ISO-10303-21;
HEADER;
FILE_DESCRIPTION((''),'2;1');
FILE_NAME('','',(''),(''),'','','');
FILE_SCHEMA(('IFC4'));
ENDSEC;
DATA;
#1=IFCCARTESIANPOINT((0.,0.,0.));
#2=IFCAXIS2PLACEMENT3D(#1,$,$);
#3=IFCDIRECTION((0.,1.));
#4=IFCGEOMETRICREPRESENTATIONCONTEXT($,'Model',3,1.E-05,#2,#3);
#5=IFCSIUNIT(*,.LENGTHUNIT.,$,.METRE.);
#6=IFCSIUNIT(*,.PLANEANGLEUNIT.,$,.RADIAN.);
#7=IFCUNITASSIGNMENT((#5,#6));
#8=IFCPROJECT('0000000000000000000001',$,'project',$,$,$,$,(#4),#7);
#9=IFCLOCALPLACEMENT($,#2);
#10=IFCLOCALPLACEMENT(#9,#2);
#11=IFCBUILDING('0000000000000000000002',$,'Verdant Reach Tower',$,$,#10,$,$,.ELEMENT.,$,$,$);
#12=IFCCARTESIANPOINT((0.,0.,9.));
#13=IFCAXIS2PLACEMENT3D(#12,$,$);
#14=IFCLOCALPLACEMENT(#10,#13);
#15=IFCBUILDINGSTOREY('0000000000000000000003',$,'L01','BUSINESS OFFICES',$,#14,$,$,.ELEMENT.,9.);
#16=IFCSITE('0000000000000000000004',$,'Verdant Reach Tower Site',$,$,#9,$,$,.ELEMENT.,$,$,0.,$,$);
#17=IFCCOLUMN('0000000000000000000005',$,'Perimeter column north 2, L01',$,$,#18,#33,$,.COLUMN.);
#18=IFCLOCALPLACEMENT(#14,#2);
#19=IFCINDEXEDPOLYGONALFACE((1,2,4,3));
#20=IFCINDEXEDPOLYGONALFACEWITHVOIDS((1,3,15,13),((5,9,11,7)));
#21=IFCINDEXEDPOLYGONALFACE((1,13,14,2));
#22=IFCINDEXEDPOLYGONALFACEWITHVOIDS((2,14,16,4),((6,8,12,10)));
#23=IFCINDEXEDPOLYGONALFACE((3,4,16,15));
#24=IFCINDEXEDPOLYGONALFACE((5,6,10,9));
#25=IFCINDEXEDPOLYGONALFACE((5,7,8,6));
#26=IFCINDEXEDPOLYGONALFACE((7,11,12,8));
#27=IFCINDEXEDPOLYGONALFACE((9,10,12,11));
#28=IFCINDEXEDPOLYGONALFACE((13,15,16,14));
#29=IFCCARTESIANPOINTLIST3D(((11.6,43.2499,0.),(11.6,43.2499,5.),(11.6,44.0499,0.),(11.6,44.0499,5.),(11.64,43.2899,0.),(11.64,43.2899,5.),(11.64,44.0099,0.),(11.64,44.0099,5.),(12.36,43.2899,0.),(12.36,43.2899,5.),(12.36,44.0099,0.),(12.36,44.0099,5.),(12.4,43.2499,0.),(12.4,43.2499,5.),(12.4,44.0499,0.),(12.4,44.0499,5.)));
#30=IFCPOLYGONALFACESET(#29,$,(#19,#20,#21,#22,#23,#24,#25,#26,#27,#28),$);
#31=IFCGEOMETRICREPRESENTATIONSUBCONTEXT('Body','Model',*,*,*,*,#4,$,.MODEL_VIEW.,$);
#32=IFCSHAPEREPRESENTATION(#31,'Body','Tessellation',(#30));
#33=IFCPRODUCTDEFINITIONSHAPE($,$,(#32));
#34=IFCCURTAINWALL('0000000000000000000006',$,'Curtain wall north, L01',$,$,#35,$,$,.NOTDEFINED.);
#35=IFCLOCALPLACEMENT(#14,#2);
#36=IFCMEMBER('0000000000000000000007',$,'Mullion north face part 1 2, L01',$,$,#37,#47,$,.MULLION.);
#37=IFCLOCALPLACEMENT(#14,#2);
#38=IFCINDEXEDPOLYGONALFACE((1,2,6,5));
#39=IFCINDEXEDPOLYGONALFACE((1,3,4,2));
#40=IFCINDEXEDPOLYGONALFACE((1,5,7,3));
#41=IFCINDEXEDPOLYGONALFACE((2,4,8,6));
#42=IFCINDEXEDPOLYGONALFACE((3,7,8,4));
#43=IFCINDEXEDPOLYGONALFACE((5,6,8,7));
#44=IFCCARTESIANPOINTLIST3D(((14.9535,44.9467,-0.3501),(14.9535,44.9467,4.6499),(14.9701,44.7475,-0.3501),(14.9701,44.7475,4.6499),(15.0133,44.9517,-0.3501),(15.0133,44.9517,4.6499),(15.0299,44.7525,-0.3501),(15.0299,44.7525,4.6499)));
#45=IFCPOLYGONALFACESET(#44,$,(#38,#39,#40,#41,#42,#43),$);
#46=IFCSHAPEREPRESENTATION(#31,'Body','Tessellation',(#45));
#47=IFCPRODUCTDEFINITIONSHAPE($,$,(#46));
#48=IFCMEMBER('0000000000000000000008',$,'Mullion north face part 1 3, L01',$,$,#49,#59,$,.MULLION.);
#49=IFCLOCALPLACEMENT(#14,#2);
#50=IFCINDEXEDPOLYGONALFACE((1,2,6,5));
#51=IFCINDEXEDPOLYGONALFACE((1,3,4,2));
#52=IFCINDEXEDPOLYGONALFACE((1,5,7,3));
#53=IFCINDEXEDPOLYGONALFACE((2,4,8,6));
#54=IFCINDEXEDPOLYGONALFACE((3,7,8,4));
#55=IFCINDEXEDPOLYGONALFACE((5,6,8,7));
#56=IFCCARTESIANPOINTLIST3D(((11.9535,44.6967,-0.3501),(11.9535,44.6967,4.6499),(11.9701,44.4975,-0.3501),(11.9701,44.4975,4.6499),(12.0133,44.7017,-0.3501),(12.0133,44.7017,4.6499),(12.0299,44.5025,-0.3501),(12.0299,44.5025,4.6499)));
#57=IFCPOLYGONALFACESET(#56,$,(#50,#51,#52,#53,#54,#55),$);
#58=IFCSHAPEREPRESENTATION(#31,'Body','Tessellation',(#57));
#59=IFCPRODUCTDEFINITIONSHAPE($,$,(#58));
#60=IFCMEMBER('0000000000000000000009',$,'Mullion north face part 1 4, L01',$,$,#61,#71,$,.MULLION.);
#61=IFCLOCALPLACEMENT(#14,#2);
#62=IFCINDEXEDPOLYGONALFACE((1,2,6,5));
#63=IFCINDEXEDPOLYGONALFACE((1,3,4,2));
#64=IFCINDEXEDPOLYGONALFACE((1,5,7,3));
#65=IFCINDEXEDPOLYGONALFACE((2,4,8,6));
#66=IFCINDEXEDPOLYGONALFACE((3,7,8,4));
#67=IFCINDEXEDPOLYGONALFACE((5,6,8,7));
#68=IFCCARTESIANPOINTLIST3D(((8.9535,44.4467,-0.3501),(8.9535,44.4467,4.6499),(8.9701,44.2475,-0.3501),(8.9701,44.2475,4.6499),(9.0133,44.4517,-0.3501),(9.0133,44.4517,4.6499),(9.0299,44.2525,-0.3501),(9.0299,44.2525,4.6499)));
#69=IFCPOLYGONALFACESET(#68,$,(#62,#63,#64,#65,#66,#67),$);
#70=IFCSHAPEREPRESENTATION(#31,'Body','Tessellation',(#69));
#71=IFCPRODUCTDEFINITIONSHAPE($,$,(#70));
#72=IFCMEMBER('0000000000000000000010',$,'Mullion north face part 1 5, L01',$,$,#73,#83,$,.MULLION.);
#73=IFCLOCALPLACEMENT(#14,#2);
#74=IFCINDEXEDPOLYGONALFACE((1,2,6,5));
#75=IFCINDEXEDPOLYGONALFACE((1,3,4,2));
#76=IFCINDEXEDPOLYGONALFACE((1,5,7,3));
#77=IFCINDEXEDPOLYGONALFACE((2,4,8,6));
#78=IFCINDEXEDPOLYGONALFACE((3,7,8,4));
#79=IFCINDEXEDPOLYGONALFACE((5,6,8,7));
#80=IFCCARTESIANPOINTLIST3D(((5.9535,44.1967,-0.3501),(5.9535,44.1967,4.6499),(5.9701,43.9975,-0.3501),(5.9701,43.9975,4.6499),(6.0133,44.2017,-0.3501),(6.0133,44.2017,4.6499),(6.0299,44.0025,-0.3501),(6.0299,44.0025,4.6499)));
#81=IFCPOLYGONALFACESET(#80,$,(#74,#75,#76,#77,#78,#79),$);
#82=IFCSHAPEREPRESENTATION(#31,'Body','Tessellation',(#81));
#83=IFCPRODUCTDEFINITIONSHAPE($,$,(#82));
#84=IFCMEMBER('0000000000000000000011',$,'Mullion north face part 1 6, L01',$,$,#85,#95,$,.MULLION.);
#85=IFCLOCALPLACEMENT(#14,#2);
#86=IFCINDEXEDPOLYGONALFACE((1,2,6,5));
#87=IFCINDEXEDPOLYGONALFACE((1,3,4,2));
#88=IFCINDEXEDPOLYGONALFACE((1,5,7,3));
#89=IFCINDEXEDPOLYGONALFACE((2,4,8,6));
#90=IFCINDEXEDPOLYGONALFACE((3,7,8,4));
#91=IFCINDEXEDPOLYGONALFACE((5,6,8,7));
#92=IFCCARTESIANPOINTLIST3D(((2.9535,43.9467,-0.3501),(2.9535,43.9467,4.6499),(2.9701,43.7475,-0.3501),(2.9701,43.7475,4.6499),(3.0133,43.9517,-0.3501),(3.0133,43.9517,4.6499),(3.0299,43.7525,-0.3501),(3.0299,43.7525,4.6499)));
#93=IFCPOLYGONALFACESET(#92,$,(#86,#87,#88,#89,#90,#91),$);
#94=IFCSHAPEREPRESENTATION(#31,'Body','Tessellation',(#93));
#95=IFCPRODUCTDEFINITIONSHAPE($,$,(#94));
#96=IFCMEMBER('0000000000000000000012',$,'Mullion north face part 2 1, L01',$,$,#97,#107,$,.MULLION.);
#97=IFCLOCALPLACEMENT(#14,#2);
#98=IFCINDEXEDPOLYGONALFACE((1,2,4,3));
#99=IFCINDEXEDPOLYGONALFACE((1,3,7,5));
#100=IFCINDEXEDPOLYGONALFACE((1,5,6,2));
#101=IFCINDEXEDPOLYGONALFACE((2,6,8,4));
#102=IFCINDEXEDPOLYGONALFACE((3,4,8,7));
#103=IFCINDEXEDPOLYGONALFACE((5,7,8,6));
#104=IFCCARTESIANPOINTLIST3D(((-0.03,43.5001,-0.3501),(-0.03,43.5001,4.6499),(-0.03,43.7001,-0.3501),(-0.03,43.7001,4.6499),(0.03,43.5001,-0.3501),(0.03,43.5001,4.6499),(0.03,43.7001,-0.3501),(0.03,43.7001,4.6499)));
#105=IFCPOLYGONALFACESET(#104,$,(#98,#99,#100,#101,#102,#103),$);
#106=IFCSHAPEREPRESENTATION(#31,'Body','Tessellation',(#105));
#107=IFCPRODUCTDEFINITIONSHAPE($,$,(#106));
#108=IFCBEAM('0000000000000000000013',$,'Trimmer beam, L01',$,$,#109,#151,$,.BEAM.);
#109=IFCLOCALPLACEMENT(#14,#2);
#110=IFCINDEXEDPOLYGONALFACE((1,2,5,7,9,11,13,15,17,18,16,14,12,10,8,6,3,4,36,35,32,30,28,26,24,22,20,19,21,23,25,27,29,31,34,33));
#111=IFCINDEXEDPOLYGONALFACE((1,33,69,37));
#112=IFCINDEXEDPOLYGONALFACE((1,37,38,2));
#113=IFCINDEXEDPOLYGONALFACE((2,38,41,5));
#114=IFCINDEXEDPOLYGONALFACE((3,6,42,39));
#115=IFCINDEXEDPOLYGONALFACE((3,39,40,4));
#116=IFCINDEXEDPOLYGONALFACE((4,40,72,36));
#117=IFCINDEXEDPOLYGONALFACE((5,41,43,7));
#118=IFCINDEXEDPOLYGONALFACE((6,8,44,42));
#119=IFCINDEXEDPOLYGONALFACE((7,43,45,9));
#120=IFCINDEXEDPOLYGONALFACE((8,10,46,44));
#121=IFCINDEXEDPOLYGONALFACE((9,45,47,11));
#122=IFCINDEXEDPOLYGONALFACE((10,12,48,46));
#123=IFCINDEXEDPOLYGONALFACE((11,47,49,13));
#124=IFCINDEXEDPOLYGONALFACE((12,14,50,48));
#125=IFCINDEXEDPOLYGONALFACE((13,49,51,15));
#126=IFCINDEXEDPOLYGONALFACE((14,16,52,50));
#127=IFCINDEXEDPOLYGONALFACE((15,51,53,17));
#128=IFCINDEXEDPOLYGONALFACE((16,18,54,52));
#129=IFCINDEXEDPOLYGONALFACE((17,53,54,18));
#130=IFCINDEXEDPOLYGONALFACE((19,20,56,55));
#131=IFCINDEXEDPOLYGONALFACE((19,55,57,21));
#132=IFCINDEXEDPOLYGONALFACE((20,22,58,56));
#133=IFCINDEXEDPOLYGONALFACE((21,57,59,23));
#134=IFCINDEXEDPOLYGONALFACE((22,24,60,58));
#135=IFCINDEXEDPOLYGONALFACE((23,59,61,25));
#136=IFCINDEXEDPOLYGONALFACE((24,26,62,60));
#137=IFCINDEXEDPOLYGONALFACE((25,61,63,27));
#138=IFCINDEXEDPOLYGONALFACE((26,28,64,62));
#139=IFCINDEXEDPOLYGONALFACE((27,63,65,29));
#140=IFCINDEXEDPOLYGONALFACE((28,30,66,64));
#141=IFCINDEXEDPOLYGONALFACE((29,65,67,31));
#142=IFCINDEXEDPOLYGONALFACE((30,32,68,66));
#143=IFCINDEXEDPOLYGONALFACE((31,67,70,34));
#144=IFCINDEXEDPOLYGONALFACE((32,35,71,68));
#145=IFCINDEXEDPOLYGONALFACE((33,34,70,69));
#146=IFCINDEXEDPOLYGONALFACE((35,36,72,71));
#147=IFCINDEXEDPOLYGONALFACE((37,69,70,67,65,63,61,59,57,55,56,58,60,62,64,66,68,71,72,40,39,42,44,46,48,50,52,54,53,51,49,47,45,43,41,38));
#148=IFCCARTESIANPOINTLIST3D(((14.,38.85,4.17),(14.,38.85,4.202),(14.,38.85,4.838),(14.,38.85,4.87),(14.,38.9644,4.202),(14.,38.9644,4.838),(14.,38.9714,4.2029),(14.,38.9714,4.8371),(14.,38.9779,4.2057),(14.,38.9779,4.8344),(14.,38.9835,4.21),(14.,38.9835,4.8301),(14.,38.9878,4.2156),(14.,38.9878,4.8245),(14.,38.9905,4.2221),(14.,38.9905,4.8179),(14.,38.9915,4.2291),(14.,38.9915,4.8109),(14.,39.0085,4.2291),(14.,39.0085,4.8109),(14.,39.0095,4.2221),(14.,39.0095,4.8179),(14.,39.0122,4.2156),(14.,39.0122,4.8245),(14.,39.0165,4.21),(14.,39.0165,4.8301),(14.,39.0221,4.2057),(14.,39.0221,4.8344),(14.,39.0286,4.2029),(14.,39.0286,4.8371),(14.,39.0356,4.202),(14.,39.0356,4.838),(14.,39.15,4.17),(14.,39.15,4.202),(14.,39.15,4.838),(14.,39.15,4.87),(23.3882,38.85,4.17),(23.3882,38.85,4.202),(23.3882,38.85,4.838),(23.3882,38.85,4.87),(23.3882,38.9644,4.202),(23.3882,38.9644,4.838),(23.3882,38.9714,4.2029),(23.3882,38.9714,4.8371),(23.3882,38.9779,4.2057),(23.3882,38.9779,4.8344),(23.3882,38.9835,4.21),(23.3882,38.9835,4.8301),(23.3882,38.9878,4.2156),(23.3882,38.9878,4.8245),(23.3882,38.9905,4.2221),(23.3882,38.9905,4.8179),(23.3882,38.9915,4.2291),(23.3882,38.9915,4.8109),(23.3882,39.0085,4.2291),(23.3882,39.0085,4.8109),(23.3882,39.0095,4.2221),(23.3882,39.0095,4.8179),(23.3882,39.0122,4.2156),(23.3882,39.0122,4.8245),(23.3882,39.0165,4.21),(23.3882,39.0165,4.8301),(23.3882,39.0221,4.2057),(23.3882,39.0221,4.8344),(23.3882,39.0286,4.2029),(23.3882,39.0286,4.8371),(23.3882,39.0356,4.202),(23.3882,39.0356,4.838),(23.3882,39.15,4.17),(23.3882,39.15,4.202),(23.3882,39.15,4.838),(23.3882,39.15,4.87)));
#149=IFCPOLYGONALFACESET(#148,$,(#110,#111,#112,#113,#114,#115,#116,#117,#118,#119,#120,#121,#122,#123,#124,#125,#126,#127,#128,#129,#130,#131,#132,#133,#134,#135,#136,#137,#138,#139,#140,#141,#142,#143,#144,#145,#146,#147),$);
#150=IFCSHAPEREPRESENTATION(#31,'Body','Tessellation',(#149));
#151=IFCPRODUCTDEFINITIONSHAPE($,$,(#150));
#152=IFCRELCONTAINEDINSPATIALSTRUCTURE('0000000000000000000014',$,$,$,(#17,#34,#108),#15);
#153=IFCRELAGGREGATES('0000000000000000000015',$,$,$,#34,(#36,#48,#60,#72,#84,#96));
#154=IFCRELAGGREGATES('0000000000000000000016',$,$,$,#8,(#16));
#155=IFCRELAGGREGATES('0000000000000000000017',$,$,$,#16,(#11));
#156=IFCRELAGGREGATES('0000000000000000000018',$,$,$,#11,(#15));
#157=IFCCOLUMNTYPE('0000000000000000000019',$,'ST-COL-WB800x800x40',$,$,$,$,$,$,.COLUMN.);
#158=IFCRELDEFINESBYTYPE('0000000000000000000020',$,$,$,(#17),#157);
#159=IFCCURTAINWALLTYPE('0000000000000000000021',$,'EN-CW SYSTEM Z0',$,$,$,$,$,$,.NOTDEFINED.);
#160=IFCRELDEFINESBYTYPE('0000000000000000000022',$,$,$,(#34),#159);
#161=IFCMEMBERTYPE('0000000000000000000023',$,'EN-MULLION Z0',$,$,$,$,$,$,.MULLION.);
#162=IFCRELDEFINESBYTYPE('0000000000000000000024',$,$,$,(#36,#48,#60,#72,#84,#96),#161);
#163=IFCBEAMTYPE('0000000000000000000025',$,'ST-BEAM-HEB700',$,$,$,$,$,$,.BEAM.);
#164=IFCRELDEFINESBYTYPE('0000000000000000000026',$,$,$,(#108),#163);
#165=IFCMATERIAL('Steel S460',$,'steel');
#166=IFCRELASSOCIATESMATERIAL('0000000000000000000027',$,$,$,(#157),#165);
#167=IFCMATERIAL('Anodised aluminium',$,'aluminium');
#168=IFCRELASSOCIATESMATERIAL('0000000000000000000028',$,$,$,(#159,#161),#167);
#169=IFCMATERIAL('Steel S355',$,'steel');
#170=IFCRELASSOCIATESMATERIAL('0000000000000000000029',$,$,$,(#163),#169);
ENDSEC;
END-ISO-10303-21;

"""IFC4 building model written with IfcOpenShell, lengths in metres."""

from ifc_helpers import new_model, si_unit, direction, frame, origin, origin_2d, place, context, subcontext, project, spatial, rectangle, hollow_rectangle, i_section, extrude, material, material_profile, profile_set, type_object, element, aggregate, save


model = new_model("IFC4")

# Units and contexts
model_context = context("Model", 3, precision=1e-05, world=origin(), true_north=direction((0.0, 1.0)))
body_context = subcontext(model_context, "Body", "Model", "MODEL_VIEW")
ifc_project = project(units=[si_unit("LENGTHUNIT", "METRE"), si_unit("PLANEANGLEUNIT", "RADIAN")], contexts=[model_context])

# Site, building, storey
site_placement = place(None, origin())
site = spatial("IfcSite", under=ifc_project, at=site_placement, Name="Verdant Reach Tower Site", CompositionType="ELEMENT", RefElevation=0.0)
building_placement = place(site_placement, origin())
building = spatial("IfcBuilding", under=site, at=building_placement, Name="Verdant Reach Tower", CompositionType="ELEMENT")
storey_placement = place(building_placement, frame((0.0, 0.0, 9.0)))
storey = spatial("IfcBuildingStorey", under=building, at=storey_placement, Name="L01", Description="BUSINESS OFFICES", CompositionType="ELEMENT", Elevation=9.0)

# Column
ifc_material_1 = material(Name="Steel S460", Category="steel")
ifc_material_profile_1 = material_profile(ifc_material_1, hollow_rectangle(XDim=0.8, YDim=0.8, WallThickness=0.04, at=origin_2d()), Name="WB 800x800x40")
ifc_profile_set_1 = profile_set([ifc_material_profile_1], Name="Steel S460")
column_type = type_object("IfcColumnType", Name="ST-COL-WB800x800x40", PredefinedType="COLUMN", material=ifc_profile_set_1)
column_placement = place(storey_placement, frame((12.0, 43.6499, 0.0), z_axis=(0.0, 0.0, 1.0), x_axis=(1.0, 0.0, 0.0)))
element("IfcColumn", 1, at=column_placement, inside=storey, type_object=column_type, Name="Perimeter column north 2, L01", PredefinedType="COLUMN", context=body_context, shape_type="SweptSolid", body=[
    extrude(hollow_rectangle(XDim=0.8, YDim=0.8, WallThickness=0.04, at=origin_2d()), origin(), (0.0, 0.0, 1.0), 5.0),
])

# Curtain wall, members
ifc_material_2 = material(Name="Anodised aluminium", Category="aluminium")
curtain_wall_type = type_object("IfcCurtainWallType", Name="EN-CW SYSTEM Z0", PredefinedType="NOTDEFINED", material=ifc_material_2)
curtain_wall_placement = place(storey_placement, origin())
curtain_wall = element("IfcCurtainWall", 2, at=curtain_wall_placement, inside=storey, type_object=curtain_wall_type, Name="Curtain wall north, L01", PredefinedType="NOTDEFINED")
ifc_material_profile_2 = material_profile(ifc_material_2, rectangle(XDim=0.2, YDim=0.0601, at=origin_2d()), Name="Mullion 60x200")
ifc_profile_set_2 = profile_set([ifc_material_profile_2], Name="Anodised aluminium")
member_type = type_object("IfcMemberType", Name="EN-MULLION Z0", PredefinedType="MULLION", material=ifc_profile_set_2)
member_1_placement = place(storey_placement, frame((14.9917, 44.8496, -0.3501), z_axis=(0.0, 0.0, 1.0), x_axis=(-0.083045, 0.996546, 0.0)))
member_1 = element("IfcMember", 3, at=member_1_placement, type_object=member_type, Name="Mullion north face part 1 2, L01", PredefinedType="MULLION", context=body_context, shape_type="SweptSolid", body=[
    extrude(rectangle(XDim=0.2, YDim=0.0601, at=origin_2d()), origin(), (0.0, 0.0, 1.0), 5.0),
])
member_2_placement = place(storey_placement, frame((11.9917, 44.5996, -0.3501), z_axis=(0.0, 0.0, 1.0), x_axis=(-0.083045, 0.996546, 0.0)))
member_2 = element("IfcMember", 4, at=member_2_placement, type_object=member_type, Name="Mullion north face part 1 3, L01", PredefinedType="MULLION", context=body_context, shape_type="SweptSolid", body=[
    extrude(rectangle(XDim=0.2, YDim=0.0601, at=origin_2d()), origin(), (0.0, 0.0, 1.0), 5.0),
])
member_3_placement = place(storey_placement, frame((8.9917, 44.3496, -0.3501), z_axis=(0.0, 0.0, 1.0), x_axis=(-0.083045, 0.996546, 0.0)))
member_3 = element("IfcMember", 5, at=member_3_placement, type_object=member_type, Name="Mullion north face part 1 4, L01", PredefinedType="MULLION", context=body_context, shape_type="SweptSolid", body=[
    extrude(rectangle(XDim=0.2, YDim=0.0601, at=origin_2d()), origin(), (0.0, 0.0, 1.0), 5.0),
])
member_4_placement = place(storey_placement, frame((5.9917, 44.0996, -0.3501), z_axis=(0.0, 0.0, 1.0), x_axis=(-0.083045, 0.996546, 0.0)))
member_4 = element("IfcMember", 6, at=member_4_placement, type_object=member_type, Name="Mullion north face part 1 5, L01", PredefinedType="MULLION", context=body_context, shape_type="SweptSolid", body=[
    extrude(rectangle(XDim=0.2, YDim=0.0601, at=origin_2d()), origin(), (0.0, 0.0, 1.0), 5.0),
])
member_5_placement = place(storey_placement, frame((2.9917, 43.8496, -0.3501), z_axis=(0.0, 0.0, 1.0), x_axis=(-0.083045, 0.996546, 0.0)))
member_5 = element("IfcMember", 7, at=member_5_placement, type_object=member_type, Name="Mullion north face part 1 6, L01", PredefinedType="MULLION", context=body_context, shape_type="SweptSolid", body=[
    extrude(rectangle(XDim=0.2, YDim=0.0601, at=origin_2d()), origin(), (0.0, 0.0, 1.0), 5.0),
])
member_6_placement = place(storey_placement, frame((0.0, 43.6001, -0.3501), z_axis=(0.0, 0.0, 1.0), x_axis=(0.0, 1.0, 0.0)))
member_6 = element("IfcMember", 8, at=member_6_placement, type_object=member_type, Name="Mullion north face part 2 1, L01", PredefinedType="MULLION", context=body_context, shape_type="SweptSolid", body=[
    extrude(rectangle(XDim=0.2, YDim=0.0601, at=origin_2d()), origin(), (0.0, 0.0, 1.0), 5.0),
])

# Beam
ifc_material_3 = material(Name="Steel S355", Category="steel")
ifc_material_profile_3 = material_profile(ifc_material_3, i_section(OverallWidth=0.3, OverallDepth=0.7, WebThickness=0.0171, FlangeThickness=0.032, FilletRadius=0.0271, at=origin_2d()), Name="HEB 700")
ifc_profile_set_3 = profile_set([ifc_material_profile_3], Name="Steel S355")
beam_type_1 = type_object("IfcBeamType", Name="ST-BEAM-HEB700", PredefinedType="BEAM", material=ifc_profile_set_3)
beam_1_placement = place(storey_placement, frame((14.0, 39.0, 4.52), z_axis=(1.0, 0.0, 0.0), x_axis=(0.0, 1.0, 0.0)))
element("IfcBeam", 9, at=beam_1_placement, inside=storey, type_object=beam_type_1, Name="Trimmer beam, L01", PredefinedType="BEAM", context=body_context, shape_type="SweptSolid", body=[
    extrude(i_section(OverallWidth=0.3, OverallDepth=0.7, WebThickness=0.0171, FlangeThickness=0.032, FilletRadius=0.0271, at=origin_2d()), origin(), (0.0, 0.0, 1.0), 9.3882),
])

aggregate(curtain_wall, [member_1, member_2, member_3, member_4, member_5, member_6])

save(model, "model.ifc")
